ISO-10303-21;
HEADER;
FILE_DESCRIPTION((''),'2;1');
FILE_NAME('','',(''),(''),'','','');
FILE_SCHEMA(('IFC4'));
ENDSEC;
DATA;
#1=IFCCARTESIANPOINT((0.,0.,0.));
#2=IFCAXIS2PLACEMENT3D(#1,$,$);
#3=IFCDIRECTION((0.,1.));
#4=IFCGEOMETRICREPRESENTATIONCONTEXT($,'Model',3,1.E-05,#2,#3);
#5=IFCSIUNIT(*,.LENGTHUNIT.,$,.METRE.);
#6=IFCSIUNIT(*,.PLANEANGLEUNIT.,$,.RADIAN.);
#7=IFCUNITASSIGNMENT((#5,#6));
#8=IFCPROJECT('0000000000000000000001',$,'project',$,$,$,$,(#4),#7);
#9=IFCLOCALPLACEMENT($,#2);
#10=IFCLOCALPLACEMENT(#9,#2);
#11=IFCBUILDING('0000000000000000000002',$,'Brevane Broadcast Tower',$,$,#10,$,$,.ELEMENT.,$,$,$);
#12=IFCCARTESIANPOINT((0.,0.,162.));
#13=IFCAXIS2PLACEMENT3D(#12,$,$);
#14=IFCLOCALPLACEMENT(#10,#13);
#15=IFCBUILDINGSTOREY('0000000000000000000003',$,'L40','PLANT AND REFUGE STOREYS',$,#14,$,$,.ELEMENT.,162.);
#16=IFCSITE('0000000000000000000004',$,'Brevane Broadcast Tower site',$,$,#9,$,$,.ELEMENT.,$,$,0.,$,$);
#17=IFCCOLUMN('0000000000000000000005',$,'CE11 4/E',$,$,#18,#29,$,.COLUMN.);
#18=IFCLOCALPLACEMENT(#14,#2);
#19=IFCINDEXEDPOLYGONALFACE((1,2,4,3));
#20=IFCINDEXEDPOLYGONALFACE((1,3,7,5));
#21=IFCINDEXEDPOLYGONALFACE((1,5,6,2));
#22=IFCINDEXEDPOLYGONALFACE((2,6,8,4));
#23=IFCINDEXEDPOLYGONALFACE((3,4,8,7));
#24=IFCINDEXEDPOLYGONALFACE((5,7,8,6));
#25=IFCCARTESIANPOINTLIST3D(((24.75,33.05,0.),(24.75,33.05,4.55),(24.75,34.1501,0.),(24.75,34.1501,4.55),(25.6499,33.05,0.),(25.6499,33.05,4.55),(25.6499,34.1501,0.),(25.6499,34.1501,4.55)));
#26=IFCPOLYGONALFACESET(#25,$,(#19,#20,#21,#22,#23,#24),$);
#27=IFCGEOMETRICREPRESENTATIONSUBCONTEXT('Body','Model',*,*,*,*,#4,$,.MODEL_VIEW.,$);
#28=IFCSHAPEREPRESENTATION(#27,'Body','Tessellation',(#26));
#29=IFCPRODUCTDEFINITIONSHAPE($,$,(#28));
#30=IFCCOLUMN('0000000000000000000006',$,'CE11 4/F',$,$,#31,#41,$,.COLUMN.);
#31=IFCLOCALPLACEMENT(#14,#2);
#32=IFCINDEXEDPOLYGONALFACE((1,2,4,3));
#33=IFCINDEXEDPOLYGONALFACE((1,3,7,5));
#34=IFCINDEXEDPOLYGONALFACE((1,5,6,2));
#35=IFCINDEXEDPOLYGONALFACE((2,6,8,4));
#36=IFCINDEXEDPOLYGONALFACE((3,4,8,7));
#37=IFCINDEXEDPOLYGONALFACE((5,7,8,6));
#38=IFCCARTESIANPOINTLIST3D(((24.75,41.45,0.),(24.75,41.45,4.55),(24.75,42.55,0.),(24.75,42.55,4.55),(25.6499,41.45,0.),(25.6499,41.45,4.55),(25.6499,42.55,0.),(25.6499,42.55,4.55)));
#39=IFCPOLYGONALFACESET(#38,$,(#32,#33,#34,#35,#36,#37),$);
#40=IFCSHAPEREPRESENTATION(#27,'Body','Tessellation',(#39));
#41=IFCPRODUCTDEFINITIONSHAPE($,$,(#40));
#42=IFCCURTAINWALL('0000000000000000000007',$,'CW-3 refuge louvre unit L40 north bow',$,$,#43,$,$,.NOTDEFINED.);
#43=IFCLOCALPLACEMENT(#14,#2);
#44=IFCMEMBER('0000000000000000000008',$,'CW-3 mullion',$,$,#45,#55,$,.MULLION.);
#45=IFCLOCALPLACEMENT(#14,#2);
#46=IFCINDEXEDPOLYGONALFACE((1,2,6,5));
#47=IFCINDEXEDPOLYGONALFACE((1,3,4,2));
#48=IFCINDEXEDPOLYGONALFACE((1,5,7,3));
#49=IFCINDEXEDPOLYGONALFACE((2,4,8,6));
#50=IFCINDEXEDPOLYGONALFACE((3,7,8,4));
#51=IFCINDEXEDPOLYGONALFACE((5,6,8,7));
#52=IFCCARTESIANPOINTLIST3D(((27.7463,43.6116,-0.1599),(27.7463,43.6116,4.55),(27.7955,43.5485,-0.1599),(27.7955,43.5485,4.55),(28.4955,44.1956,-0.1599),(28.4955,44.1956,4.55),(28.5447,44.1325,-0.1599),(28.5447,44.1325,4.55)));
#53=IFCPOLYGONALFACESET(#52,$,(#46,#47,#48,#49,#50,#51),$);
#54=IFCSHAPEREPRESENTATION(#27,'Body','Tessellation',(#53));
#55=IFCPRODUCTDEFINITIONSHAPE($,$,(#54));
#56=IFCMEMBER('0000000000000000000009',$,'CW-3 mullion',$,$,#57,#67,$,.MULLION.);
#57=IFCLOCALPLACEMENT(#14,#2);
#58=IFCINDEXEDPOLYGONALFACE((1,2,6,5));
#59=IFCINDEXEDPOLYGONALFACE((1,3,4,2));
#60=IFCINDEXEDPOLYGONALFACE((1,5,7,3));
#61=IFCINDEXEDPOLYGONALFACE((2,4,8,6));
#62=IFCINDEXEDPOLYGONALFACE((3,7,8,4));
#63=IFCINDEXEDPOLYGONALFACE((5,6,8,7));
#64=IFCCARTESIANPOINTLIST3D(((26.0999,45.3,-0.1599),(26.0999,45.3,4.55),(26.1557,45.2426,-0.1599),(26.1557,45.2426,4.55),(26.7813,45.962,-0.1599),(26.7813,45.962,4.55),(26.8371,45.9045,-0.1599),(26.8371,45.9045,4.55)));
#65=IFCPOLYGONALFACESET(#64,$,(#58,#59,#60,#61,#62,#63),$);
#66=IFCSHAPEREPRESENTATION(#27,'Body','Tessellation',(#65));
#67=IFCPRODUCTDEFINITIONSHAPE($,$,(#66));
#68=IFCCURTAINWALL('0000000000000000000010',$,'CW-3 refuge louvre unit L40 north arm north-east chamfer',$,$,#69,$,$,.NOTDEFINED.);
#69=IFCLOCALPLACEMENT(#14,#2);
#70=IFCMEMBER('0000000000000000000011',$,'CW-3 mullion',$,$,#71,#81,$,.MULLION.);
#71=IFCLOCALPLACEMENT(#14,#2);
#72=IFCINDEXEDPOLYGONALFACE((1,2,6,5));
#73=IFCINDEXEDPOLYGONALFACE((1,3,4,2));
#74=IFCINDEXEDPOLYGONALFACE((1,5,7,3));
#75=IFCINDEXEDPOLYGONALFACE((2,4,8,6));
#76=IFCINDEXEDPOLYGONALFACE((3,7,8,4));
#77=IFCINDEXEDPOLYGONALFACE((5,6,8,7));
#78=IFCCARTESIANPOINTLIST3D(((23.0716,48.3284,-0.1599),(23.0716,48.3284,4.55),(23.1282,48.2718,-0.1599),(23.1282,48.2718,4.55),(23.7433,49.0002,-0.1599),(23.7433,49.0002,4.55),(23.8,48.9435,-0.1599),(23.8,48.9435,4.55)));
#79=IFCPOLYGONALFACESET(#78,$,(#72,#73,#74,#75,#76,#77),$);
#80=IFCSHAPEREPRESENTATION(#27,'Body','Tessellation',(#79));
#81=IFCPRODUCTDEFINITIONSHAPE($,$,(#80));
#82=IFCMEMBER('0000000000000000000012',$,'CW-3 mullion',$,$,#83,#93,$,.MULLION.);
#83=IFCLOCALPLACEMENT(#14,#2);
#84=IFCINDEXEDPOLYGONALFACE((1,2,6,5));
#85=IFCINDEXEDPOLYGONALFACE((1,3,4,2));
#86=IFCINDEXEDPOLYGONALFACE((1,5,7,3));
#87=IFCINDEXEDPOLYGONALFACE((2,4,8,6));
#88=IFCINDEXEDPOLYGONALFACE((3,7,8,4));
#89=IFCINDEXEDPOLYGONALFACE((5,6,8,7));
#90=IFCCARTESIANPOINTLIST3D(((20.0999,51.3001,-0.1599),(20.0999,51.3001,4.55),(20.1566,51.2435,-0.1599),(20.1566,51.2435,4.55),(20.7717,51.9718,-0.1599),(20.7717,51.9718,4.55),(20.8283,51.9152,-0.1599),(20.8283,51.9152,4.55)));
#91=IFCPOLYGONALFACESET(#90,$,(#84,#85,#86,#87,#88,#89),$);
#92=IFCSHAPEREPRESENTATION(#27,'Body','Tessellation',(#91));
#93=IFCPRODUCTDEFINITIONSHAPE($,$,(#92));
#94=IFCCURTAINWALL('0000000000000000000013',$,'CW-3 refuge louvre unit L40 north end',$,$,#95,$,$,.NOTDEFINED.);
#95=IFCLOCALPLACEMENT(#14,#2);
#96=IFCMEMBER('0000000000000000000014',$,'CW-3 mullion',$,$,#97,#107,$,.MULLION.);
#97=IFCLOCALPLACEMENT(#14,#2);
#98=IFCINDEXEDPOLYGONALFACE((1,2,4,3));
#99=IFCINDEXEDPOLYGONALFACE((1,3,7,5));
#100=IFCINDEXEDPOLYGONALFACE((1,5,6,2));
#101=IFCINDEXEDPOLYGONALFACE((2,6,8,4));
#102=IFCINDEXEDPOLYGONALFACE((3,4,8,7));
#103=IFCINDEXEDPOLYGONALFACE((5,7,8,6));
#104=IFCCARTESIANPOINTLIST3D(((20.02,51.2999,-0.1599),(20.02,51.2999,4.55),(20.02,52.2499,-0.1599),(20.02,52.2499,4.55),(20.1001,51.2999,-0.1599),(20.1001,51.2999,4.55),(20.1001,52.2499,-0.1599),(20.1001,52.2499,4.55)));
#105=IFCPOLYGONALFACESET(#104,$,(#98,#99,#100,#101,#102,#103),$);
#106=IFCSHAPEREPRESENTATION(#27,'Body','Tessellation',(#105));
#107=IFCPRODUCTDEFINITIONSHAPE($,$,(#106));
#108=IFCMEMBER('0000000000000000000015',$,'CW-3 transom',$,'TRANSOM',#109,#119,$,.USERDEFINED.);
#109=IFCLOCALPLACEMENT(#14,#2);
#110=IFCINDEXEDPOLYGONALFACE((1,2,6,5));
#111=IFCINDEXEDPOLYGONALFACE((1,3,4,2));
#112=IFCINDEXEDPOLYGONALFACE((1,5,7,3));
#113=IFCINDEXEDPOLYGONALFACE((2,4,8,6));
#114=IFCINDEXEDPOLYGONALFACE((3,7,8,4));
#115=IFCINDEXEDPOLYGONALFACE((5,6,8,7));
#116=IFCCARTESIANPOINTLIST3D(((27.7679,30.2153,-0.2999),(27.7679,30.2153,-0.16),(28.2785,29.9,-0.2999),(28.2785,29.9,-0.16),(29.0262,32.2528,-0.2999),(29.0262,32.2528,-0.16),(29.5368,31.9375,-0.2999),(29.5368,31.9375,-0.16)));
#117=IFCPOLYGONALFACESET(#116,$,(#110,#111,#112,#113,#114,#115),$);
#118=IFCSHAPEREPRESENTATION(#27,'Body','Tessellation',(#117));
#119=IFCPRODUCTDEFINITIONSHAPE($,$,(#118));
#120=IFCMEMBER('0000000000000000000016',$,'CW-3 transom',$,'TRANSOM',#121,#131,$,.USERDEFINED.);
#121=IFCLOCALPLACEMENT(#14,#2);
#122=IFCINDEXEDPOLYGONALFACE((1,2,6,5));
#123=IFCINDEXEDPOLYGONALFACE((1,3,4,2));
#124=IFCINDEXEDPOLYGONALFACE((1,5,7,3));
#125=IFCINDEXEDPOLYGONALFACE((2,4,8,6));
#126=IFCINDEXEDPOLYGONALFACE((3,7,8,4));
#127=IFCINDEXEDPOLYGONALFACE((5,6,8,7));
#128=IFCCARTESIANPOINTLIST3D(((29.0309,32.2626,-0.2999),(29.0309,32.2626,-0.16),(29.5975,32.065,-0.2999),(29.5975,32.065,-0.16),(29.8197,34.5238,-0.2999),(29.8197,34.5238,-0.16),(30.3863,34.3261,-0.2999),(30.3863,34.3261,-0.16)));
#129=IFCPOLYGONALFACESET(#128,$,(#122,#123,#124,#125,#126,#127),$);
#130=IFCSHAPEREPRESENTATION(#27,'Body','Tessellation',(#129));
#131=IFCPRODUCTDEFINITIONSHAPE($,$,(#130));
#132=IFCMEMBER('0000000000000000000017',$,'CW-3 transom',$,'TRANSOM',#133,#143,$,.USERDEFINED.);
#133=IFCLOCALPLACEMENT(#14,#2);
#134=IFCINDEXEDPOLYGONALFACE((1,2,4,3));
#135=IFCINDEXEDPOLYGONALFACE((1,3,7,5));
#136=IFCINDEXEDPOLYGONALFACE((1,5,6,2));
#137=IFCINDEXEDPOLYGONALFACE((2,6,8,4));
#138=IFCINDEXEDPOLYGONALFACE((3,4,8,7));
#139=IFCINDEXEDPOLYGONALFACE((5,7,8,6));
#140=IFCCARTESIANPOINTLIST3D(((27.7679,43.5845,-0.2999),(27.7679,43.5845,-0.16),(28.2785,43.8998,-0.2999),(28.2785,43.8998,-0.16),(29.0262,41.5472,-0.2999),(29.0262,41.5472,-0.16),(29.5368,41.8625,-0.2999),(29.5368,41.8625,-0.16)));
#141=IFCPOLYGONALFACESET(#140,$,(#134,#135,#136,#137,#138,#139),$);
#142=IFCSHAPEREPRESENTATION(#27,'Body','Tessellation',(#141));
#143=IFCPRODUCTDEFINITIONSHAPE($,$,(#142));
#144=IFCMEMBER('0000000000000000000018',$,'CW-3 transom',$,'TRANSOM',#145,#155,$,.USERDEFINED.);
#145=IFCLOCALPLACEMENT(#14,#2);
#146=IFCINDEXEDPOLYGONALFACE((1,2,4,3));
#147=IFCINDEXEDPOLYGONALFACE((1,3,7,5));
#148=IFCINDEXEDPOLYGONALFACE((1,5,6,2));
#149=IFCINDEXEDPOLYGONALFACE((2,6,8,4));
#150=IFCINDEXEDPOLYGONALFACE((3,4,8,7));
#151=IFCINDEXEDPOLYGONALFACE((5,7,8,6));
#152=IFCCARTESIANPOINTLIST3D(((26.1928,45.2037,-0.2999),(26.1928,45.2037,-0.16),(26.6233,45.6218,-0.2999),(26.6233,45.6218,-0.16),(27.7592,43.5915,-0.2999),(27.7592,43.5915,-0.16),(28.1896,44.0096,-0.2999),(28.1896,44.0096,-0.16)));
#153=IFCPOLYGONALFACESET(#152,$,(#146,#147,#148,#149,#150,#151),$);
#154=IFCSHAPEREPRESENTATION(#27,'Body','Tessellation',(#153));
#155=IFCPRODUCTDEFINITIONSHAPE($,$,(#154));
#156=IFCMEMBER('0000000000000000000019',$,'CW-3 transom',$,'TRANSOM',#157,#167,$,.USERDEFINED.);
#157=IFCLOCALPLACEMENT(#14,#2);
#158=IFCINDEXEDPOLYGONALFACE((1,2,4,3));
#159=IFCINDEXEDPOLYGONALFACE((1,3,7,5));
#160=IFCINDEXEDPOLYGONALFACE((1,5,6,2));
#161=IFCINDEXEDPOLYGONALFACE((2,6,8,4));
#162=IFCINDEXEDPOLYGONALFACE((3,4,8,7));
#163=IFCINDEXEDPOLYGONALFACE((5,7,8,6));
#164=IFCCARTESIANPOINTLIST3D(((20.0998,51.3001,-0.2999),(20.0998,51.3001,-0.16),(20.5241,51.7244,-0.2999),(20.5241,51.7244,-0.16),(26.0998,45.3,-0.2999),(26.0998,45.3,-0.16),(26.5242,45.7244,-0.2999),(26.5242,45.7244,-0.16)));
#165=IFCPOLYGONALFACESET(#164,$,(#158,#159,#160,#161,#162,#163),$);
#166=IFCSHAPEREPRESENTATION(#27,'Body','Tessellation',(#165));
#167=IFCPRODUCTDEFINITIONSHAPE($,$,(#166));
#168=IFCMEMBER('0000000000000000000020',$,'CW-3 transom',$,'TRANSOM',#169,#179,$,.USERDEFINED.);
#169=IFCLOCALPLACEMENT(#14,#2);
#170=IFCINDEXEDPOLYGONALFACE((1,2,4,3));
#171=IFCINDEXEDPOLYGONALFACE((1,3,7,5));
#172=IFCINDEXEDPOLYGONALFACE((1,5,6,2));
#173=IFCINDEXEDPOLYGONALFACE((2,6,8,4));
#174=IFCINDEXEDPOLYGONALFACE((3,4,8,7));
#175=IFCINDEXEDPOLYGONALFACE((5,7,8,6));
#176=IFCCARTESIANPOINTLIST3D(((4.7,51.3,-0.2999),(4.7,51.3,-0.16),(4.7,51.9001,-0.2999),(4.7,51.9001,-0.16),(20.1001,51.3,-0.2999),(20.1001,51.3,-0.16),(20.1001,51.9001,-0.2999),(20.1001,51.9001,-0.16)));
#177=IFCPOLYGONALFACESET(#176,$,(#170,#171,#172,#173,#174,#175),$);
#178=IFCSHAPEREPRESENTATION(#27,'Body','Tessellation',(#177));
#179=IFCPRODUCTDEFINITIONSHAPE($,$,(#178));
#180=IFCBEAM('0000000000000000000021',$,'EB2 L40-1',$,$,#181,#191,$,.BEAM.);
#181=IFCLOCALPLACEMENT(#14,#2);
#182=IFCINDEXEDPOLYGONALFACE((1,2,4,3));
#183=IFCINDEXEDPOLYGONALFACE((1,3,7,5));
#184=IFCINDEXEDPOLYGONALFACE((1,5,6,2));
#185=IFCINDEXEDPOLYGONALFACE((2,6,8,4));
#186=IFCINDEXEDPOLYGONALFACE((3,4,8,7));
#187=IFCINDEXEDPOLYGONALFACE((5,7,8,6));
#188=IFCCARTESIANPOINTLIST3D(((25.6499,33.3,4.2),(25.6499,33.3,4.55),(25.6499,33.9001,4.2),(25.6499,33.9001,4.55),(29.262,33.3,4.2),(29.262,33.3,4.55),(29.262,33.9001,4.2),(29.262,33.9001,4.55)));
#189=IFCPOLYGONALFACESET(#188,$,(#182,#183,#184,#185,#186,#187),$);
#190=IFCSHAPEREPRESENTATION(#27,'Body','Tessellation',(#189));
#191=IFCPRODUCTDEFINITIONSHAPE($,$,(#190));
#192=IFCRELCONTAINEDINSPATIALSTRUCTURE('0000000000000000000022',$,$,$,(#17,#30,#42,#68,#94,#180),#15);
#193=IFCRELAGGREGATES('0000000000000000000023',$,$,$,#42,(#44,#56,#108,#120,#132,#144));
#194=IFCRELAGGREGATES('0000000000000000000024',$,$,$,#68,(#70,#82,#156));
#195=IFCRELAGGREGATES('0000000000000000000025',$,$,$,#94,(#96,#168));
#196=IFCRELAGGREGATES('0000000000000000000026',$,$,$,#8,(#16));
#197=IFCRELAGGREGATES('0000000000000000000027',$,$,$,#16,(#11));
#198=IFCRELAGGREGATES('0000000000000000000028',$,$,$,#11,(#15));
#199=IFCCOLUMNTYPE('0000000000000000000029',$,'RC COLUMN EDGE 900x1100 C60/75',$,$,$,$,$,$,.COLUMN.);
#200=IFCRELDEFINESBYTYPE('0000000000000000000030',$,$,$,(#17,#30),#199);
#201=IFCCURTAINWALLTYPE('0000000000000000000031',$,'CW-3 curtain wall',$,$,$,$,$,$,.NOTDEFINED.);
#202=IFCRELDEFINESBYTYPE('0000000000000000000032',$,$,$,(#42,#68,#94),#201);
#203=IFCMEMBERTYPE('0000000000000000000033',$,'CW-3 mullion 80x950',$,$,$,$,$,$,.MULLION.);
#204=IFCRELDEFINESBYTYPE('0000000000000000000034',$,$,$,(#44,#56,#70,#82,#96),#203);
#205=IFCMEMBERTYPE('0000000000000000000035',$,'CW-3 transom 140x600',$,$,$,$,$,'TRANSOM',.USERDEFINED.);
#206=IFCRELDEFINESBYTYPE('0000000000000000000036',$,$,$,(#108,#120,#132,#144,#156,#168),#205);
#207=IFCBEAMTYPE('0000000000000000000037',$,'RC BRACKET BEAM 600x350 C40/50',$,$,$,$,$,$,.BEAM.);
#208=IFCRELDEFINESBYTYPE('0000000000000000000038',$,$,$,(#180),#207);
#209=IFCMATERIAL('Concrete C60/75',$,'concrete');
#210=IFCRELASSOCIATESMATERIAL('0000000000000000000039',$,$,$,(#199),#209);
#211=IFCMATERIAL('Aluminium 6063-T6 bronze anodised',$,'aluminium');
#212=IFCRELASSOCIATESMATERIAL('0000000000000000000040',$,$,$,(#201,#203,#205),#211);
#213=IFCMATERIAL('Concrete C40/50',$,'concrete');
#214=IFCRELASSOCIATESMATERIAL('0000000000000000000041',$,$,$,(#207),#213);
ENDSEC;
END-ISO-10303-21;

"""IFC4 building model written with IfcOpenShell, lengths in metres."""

from ifc_helpers import new_model, si_unit, direction, frame, origin, origin_2d, place, context, subcontext, project, spatial, rectangle, extrude, material, material_profile, profile_set, type_object, element, aggregate, save


model = new_model("IFC4")

# Units and contexts
model_context = context("Model", 3, precision=1e-05, world=origin(), true_north=direction((0.0, 1.0)))
body_context = subcontext(model_context, "Body", "Model", "MODEL_VIEW")
ifc_project = project(units=[si_unit("LENGTHUNIT", "METRE"), si_unit("PLANEANGLEUNIT", "RADIAN")], contexts=[model_context])

# Site, building, storey
site_placement = place(None, origin())
site = spatial("IfcSite", under=ifc_project, at=site_placement, Name="Brevane Broadcast Tower site", CompositionType="ELEMENT", RefElevation=0.0)
building_placement = place(site_placement, origin())
building = spatial("IfcBuilding", under=site, at=building_placement, Name="Brevane Broadcast Tower", CompositionType="ELEMENT")
storey_placement = place(building_placement, frame((0.0, 0.0, 162.0)))
storey = spatial("IfcBuildingStorey", under=building, at=storey_placement, Name="L40", Description="PLANT AND REFUGE STOREYS", CompositionType="ELEMENT", Elevation=162.0)

# Columns
ifc_material_1 = material(Name="Concrete C60/75", Category="concrete")
ifc_material_profile_1 = material_profile(ifc_material_1, rectangle(XDim=0.8999, YDim=1.1001, at=origin_2d()), Name="RC 900x1100")
ifc_profile_set_1 = profile_set([ifc_material_profile_1], Name="Concrete C60/75")
column_type = type_object("IfcColumnType", Name="RC COLUMN EDGE 900x1100 C60/75", PredefinedType="COLUMN", material=ifc_profile_set_1)
for number, where, z_axis, x_axis, name in (
    (1, (25.2, 33.6001, 0.0), (0.0, 0.0, 1.0), (1.0, 0.0, 0.0), "CE11 4/E"),
    (2, (25.2, 42.0, 0.0), (0.0, 0.0, 1.0), (1.0, 0.0, 0.0), "CE11 4/F"),
):
    element("IfcColumn", number, at=place(storey_placement, frame(where, z_axis=z_axis, x_axis=x_axis)), inside=storey, type_object=column_type, Name=name, PredefinedType="COLUMN", context=body_context, shape_type="SweptSolid", body=[
        extrude(rectangle(XDim=0.8999, YDim=1.1001, at=origin_2d()), origin(), (0.0, 0.0, 1.0), 4.55),
    ])

# Curtain walls, members
ifc_material_2 = material(Name="Aluminium 6063-T6 bronze anodised", Category="aluminium")
curtain_wall_type = type_object("IfcCurtainWallType", Name="CW-3 curtain wall", PredefinedType="NOTDEFINED", material=ifc_material_2)
curtain_wall_1_placement = place(storey_placement, origin())
curtain_wall_1 = element("IfcCurtainWall", 3, at=curtain_wall_1_placement, inside=storey, type_object=curtain_wall_type, Name="CW-3 refuge louvre unit L40 north bow", PredefinedType="NOTDEFINED")
ifc_material_profile_2 = material_profile(ifc_material_2, rectangle(XDim=0.95, YDim=0.0801, at=origin_2d()), Name="RECT 80x950")
ifc_profile_set_2 = profile_set([ifc_material_profile_2], Name="Aluminium 6063-T6 bronze anodised")
member_type_1 = type_object("IfcMemberType", Name="CW-3 mullion 80x950", PredefinedType="MULLION", material=ifc_profile_set_2)
member_1_placement = place(storey_placement, frame((28.1455, 43.8721, -0.1599), z_axis=(0.0, 0.0, 1.0), x_axis=(-0.788707, -0.61477, 0.0)))
member_1 = element("IfcMember", 4, at=member_1_placement, type_object=member_type_1, Name="CW-3 mullion", PredefinedType="MULLION", context=body_context, shape_type="SweptSolid", body=[
    extrude(rectangle(XDim=0.95, YDim=0.0801, at=origin_2d()), origin(), (0.0, 0.0, 1.0), 4.71),
])
member_2_placement = place(storey_placement, frame((26.4685, 45.6023, -0.1599), z_axis=(0.0, 0.0, 1.0), x_axis=(-0.717254, -0.696812, 0.0)))
member_2 = element("IfcMember", 5, at=member_2_placement, type_object=member_type_1, Name="CW-3 mullion", PredefinedType="MULLION", context=body_context, shape_type="SweptSolid", body=[
    extrude(rectangle(XDim=0.95, YDim=0.0801, at=origin_2d()), origin(), (0.0, 0.0, 1.0), 4.71),
])
curtain_wall_2_placement = place(storey_placement, origin())
curtain_wall_2 = element("IfcCurtainWall", 6, at=curtain_wall_2_placement, inside=storey, type_object=curtain_wall_type, Name="CW-3 refuge louvre unit L40 north arm north-east chamfer", PredefinedType="NOTDEFINED")
member_3_placement = place(storey_placement, frame((23.4358, 48.636, -0.1599), z_axis=(0.0, 0.0, 1.0), x_axis=(-0.707107, -0.707107, 0.0)))
member_3 = element("IfcMember", 7, at=member_3_placement, type_object=member_type_1, Name="CW-3 mullion", PredefinedType="MULLION", context=body_context, shape_type="SweptSolid", body=[
    extrude(rectangle(XDim=0.95, YDim=0.0801, at=origin_2d()), origin(), (0.0, 0.0, 1.0), 4.71),
])
member_4_placement = place(storey_placement, frame((20.4641, 51.6077, -0.1599), z_axis=(0.0, 0.0, 1.0), x_axis=(-0.707107, -0.707107, 0.0)))
member_4 = element("IfcMember", 8, at=member_4_placement, type_object=member_type_1, Name="CW-3 mullion", PredefinedType="MULLION", context=body_context, shape_type="SweptSolid", body=[
    extrude(rectangle(XDim=0.95, YDim=0.0801, at=origin_2d()), origin(), (0.0, 0.0, 1.0), 4.71),
])

# Curtain wall, member
curtain_wall_3_placement = place(storey_placement, origin())
curtain_wall_3 = element("IfcCurtainWall", 9, at=curtain_wall_3_placement, inside=storey, type_object=curtain_wall_type, Name="CW-3 refuge louvre unit L40 north end", PredefinedType="NOTDEFINED")
member_5_placement = place(storey_placement, frame((20.0601, 51.7749, -0.1599), z_axis=(0.0, 0.0, 1.0), x_axis=(0.0, -1.0, 0.0)))
member_5 = element("IfcMember", 10, at=member_5_placement, type_object=member_type_1, Name="CW-3 mullion", PredefinedType="MULLION", context=body_context, shape_type="SweptSolid", body=[
    extrude(rectangle(XDim=0.95, YDim=0.0801, at=origin_2d()), origin(), (0.0, 0.0, 1.0), 4.71),
])

# Members
ifc_material_profile_3 = material_profile(ifc_material_2, rectangle(XDim=0.6001, YDim=0.1399, at=origin_2d()), Name="RECT 140x600")
ifc_profile_set_3 = profile_set([ifc_material_profile_3], Name="Aluminium 6063-T6 bronze anodised")
member_type_2 = type_object("IfcMemberType", Name="CW-3 transom 140x600", ElementType="TRANSOM", PredefinedType="USERDEFINED", material=ifc_profile_set_3)
member_6_placement = place(storey_placement, frame((28.0232, 30.0576, -0.23), z_axis=(0.525428, 0.850838, 0.0), x_axis=(-0.850838, 0.525428, 0.0)))
member_6 = element("IfcMember", 11, at=member_6_placement, type_object=member_type_2, Name="CW-3 transom", ObjectType="TRANSOM", PredefinedType="USERDEFINED", context=body_context, shape_type="SweptSolid", body=[
    extrude(rectangle(XDim=0.6001, YDim=0.1399, at=origin_2d()), origin(), (0.0, 0.0, 1.0), 2.3948),
])
member_7_placement = place(storey_placement, frame((29.3142, 32.1638, -0.23), z_axis=(0.329378, 0.944198, 0.0), x_axis=(-0.944198, 0.329378, 0.0)))
member_7 = element("IfcMember", 12, at=member_7_placement, type_object=member_type_2, Name="CW-3 transom", ObjectType="TRANSOM", PredefinedType="USERDEFINED", context=body_context, shape_type="SweptSolid", body=[
    extrude(rectangle(XDim=0.6001, YDim=0.1399, at=origin_2d()), origin(), (0.0, 0.0, 1.0), 2.3948),
])
member_8_placement = place(storey_placement, frame((29.2815, 41.7048, -0.23), z_axis=(-0.525473, 0.85081, 0.0), x_axis=(-0.85081, -0.525473, 0.0)))
member_8 = element("IfcMember", 13, at=member_8_placement, type_object=member_type_2, Name="CW-3 transom", ObjectType="TRANSOM", PredefinedType="USERDEFINED", context=body_context, shape_type="SweptSolid", body=[
    extrude(rectangle(XDim=0.6001, YDim=0.1399, at=origin_2d()), origin(), (0.0, 0.0, 1.0), 2.3945),
])
member_9_placement = place(storey_placement, frame((27.9744, 43.8005, -0.23), z_axis=(-0.696824, 0.717242, 0.0), x_axis=(-0.717242, -0.696824, 0.0)))
member_9 = element("IfcMember", 14, at=member_9_placement, type_object=member_type_2, Name="CW-3 transom", ObjectType="TRANSOM", PredefinedType="USERDEFINED", context=body_context, shape_type="SweptSolid", body=[
    extrude(rectangle(XDim=0.6001, YDim=0.1399, at=origin_2d()), origin(), (0.0, 0.0, 1.0), 2.2478),
])
aggregate(curtain_wall_1, [member_1, member_2, member_6, member_7, member_8, member_9])
member_10_placement = place(storey_placement, frame((26.312, 45.5122, -0.23), z_axis=(-0.707107, 0.707107, 0.0), x_axis=(-0.707107, -0.707107, 0.0)))
member_10 = element("IfcMember", 15, at=member_10_placement, type_object=member_type_2, Name="CW-3 transom", ObjectType="TRANSOM", PredefinedType="USERDEFINED", context=body_context, shape_type="SweptSolid", body=[
    extrude(rectangle(XDim=0.6001, YDim=0.1399, at=origin_2d()), origin(), (0.0, 0.0, 1.0), 8.4854),
])
aggregate(curtain_wall_2, [member_3, member_4, member_10])
member_11_placement = place(storey_placement, frame((20.1001, 51.6001, -0.23), z_axis=(-1.0, 0.0, 0.0), x_axis=(0.0, -1.0, 0.0)))
member_11 = element("IfcMember", 16, at=member_11_placement, type_object=member_type_2, Name="CW-3 transom", ObjectType="TRANSOM", PredefinedType="USERDEFINED", context=body_context, shape_type="SweptSolid", body=[
    extrude(rectangle(XDim=0.6001, YDim=0.1399, at=origin_2d()), origin(), (0.0, 0.0, 1.0), 15.4001),
])
aggregate(curtain_wall_3, [member_5, member_11])

# Beam
ifc_material_3 = material(Name="Concrete C40/50", Category="concrete")
ifc_material_profile_4 = material_profile(ifc_material_3, rectangle(XDim=0.6001, YDim=0.3501, at=origin_2d()), Name="RC 600x350")
ifc_profile_set_4 = profile_set([ifc_material_profile_4], Name="Concrete C40/50")
beam_type_1 = type_object("IfcBeamType", Name="RC BRACKET BEAM 600x350 C40/50", PredefinedType="BEAM", material=ifc_profile_set_4)
beam_1_placement = place(storey_placement, frame((25.6499, 33.6001, 4.375), z_axis=(1.0, 0.0, 0.0), x_axis=(0.0, 1.0, 0.0)))
element("IfcBeam", 17, at=beam_1_placement, inside=storey, type_object=beam_type_1, Name="EB2 L40-1", PredefinedType="BEAM", context=body_context, shape_type="SweptSolid", body=[
    extrude(rectangle(XDim=0.6001, YDim=0.3501, at=origin_2d()), origin(), (0.0, 0.0, 1.0), 3.6121),
])

save(model, "model.ifc")
